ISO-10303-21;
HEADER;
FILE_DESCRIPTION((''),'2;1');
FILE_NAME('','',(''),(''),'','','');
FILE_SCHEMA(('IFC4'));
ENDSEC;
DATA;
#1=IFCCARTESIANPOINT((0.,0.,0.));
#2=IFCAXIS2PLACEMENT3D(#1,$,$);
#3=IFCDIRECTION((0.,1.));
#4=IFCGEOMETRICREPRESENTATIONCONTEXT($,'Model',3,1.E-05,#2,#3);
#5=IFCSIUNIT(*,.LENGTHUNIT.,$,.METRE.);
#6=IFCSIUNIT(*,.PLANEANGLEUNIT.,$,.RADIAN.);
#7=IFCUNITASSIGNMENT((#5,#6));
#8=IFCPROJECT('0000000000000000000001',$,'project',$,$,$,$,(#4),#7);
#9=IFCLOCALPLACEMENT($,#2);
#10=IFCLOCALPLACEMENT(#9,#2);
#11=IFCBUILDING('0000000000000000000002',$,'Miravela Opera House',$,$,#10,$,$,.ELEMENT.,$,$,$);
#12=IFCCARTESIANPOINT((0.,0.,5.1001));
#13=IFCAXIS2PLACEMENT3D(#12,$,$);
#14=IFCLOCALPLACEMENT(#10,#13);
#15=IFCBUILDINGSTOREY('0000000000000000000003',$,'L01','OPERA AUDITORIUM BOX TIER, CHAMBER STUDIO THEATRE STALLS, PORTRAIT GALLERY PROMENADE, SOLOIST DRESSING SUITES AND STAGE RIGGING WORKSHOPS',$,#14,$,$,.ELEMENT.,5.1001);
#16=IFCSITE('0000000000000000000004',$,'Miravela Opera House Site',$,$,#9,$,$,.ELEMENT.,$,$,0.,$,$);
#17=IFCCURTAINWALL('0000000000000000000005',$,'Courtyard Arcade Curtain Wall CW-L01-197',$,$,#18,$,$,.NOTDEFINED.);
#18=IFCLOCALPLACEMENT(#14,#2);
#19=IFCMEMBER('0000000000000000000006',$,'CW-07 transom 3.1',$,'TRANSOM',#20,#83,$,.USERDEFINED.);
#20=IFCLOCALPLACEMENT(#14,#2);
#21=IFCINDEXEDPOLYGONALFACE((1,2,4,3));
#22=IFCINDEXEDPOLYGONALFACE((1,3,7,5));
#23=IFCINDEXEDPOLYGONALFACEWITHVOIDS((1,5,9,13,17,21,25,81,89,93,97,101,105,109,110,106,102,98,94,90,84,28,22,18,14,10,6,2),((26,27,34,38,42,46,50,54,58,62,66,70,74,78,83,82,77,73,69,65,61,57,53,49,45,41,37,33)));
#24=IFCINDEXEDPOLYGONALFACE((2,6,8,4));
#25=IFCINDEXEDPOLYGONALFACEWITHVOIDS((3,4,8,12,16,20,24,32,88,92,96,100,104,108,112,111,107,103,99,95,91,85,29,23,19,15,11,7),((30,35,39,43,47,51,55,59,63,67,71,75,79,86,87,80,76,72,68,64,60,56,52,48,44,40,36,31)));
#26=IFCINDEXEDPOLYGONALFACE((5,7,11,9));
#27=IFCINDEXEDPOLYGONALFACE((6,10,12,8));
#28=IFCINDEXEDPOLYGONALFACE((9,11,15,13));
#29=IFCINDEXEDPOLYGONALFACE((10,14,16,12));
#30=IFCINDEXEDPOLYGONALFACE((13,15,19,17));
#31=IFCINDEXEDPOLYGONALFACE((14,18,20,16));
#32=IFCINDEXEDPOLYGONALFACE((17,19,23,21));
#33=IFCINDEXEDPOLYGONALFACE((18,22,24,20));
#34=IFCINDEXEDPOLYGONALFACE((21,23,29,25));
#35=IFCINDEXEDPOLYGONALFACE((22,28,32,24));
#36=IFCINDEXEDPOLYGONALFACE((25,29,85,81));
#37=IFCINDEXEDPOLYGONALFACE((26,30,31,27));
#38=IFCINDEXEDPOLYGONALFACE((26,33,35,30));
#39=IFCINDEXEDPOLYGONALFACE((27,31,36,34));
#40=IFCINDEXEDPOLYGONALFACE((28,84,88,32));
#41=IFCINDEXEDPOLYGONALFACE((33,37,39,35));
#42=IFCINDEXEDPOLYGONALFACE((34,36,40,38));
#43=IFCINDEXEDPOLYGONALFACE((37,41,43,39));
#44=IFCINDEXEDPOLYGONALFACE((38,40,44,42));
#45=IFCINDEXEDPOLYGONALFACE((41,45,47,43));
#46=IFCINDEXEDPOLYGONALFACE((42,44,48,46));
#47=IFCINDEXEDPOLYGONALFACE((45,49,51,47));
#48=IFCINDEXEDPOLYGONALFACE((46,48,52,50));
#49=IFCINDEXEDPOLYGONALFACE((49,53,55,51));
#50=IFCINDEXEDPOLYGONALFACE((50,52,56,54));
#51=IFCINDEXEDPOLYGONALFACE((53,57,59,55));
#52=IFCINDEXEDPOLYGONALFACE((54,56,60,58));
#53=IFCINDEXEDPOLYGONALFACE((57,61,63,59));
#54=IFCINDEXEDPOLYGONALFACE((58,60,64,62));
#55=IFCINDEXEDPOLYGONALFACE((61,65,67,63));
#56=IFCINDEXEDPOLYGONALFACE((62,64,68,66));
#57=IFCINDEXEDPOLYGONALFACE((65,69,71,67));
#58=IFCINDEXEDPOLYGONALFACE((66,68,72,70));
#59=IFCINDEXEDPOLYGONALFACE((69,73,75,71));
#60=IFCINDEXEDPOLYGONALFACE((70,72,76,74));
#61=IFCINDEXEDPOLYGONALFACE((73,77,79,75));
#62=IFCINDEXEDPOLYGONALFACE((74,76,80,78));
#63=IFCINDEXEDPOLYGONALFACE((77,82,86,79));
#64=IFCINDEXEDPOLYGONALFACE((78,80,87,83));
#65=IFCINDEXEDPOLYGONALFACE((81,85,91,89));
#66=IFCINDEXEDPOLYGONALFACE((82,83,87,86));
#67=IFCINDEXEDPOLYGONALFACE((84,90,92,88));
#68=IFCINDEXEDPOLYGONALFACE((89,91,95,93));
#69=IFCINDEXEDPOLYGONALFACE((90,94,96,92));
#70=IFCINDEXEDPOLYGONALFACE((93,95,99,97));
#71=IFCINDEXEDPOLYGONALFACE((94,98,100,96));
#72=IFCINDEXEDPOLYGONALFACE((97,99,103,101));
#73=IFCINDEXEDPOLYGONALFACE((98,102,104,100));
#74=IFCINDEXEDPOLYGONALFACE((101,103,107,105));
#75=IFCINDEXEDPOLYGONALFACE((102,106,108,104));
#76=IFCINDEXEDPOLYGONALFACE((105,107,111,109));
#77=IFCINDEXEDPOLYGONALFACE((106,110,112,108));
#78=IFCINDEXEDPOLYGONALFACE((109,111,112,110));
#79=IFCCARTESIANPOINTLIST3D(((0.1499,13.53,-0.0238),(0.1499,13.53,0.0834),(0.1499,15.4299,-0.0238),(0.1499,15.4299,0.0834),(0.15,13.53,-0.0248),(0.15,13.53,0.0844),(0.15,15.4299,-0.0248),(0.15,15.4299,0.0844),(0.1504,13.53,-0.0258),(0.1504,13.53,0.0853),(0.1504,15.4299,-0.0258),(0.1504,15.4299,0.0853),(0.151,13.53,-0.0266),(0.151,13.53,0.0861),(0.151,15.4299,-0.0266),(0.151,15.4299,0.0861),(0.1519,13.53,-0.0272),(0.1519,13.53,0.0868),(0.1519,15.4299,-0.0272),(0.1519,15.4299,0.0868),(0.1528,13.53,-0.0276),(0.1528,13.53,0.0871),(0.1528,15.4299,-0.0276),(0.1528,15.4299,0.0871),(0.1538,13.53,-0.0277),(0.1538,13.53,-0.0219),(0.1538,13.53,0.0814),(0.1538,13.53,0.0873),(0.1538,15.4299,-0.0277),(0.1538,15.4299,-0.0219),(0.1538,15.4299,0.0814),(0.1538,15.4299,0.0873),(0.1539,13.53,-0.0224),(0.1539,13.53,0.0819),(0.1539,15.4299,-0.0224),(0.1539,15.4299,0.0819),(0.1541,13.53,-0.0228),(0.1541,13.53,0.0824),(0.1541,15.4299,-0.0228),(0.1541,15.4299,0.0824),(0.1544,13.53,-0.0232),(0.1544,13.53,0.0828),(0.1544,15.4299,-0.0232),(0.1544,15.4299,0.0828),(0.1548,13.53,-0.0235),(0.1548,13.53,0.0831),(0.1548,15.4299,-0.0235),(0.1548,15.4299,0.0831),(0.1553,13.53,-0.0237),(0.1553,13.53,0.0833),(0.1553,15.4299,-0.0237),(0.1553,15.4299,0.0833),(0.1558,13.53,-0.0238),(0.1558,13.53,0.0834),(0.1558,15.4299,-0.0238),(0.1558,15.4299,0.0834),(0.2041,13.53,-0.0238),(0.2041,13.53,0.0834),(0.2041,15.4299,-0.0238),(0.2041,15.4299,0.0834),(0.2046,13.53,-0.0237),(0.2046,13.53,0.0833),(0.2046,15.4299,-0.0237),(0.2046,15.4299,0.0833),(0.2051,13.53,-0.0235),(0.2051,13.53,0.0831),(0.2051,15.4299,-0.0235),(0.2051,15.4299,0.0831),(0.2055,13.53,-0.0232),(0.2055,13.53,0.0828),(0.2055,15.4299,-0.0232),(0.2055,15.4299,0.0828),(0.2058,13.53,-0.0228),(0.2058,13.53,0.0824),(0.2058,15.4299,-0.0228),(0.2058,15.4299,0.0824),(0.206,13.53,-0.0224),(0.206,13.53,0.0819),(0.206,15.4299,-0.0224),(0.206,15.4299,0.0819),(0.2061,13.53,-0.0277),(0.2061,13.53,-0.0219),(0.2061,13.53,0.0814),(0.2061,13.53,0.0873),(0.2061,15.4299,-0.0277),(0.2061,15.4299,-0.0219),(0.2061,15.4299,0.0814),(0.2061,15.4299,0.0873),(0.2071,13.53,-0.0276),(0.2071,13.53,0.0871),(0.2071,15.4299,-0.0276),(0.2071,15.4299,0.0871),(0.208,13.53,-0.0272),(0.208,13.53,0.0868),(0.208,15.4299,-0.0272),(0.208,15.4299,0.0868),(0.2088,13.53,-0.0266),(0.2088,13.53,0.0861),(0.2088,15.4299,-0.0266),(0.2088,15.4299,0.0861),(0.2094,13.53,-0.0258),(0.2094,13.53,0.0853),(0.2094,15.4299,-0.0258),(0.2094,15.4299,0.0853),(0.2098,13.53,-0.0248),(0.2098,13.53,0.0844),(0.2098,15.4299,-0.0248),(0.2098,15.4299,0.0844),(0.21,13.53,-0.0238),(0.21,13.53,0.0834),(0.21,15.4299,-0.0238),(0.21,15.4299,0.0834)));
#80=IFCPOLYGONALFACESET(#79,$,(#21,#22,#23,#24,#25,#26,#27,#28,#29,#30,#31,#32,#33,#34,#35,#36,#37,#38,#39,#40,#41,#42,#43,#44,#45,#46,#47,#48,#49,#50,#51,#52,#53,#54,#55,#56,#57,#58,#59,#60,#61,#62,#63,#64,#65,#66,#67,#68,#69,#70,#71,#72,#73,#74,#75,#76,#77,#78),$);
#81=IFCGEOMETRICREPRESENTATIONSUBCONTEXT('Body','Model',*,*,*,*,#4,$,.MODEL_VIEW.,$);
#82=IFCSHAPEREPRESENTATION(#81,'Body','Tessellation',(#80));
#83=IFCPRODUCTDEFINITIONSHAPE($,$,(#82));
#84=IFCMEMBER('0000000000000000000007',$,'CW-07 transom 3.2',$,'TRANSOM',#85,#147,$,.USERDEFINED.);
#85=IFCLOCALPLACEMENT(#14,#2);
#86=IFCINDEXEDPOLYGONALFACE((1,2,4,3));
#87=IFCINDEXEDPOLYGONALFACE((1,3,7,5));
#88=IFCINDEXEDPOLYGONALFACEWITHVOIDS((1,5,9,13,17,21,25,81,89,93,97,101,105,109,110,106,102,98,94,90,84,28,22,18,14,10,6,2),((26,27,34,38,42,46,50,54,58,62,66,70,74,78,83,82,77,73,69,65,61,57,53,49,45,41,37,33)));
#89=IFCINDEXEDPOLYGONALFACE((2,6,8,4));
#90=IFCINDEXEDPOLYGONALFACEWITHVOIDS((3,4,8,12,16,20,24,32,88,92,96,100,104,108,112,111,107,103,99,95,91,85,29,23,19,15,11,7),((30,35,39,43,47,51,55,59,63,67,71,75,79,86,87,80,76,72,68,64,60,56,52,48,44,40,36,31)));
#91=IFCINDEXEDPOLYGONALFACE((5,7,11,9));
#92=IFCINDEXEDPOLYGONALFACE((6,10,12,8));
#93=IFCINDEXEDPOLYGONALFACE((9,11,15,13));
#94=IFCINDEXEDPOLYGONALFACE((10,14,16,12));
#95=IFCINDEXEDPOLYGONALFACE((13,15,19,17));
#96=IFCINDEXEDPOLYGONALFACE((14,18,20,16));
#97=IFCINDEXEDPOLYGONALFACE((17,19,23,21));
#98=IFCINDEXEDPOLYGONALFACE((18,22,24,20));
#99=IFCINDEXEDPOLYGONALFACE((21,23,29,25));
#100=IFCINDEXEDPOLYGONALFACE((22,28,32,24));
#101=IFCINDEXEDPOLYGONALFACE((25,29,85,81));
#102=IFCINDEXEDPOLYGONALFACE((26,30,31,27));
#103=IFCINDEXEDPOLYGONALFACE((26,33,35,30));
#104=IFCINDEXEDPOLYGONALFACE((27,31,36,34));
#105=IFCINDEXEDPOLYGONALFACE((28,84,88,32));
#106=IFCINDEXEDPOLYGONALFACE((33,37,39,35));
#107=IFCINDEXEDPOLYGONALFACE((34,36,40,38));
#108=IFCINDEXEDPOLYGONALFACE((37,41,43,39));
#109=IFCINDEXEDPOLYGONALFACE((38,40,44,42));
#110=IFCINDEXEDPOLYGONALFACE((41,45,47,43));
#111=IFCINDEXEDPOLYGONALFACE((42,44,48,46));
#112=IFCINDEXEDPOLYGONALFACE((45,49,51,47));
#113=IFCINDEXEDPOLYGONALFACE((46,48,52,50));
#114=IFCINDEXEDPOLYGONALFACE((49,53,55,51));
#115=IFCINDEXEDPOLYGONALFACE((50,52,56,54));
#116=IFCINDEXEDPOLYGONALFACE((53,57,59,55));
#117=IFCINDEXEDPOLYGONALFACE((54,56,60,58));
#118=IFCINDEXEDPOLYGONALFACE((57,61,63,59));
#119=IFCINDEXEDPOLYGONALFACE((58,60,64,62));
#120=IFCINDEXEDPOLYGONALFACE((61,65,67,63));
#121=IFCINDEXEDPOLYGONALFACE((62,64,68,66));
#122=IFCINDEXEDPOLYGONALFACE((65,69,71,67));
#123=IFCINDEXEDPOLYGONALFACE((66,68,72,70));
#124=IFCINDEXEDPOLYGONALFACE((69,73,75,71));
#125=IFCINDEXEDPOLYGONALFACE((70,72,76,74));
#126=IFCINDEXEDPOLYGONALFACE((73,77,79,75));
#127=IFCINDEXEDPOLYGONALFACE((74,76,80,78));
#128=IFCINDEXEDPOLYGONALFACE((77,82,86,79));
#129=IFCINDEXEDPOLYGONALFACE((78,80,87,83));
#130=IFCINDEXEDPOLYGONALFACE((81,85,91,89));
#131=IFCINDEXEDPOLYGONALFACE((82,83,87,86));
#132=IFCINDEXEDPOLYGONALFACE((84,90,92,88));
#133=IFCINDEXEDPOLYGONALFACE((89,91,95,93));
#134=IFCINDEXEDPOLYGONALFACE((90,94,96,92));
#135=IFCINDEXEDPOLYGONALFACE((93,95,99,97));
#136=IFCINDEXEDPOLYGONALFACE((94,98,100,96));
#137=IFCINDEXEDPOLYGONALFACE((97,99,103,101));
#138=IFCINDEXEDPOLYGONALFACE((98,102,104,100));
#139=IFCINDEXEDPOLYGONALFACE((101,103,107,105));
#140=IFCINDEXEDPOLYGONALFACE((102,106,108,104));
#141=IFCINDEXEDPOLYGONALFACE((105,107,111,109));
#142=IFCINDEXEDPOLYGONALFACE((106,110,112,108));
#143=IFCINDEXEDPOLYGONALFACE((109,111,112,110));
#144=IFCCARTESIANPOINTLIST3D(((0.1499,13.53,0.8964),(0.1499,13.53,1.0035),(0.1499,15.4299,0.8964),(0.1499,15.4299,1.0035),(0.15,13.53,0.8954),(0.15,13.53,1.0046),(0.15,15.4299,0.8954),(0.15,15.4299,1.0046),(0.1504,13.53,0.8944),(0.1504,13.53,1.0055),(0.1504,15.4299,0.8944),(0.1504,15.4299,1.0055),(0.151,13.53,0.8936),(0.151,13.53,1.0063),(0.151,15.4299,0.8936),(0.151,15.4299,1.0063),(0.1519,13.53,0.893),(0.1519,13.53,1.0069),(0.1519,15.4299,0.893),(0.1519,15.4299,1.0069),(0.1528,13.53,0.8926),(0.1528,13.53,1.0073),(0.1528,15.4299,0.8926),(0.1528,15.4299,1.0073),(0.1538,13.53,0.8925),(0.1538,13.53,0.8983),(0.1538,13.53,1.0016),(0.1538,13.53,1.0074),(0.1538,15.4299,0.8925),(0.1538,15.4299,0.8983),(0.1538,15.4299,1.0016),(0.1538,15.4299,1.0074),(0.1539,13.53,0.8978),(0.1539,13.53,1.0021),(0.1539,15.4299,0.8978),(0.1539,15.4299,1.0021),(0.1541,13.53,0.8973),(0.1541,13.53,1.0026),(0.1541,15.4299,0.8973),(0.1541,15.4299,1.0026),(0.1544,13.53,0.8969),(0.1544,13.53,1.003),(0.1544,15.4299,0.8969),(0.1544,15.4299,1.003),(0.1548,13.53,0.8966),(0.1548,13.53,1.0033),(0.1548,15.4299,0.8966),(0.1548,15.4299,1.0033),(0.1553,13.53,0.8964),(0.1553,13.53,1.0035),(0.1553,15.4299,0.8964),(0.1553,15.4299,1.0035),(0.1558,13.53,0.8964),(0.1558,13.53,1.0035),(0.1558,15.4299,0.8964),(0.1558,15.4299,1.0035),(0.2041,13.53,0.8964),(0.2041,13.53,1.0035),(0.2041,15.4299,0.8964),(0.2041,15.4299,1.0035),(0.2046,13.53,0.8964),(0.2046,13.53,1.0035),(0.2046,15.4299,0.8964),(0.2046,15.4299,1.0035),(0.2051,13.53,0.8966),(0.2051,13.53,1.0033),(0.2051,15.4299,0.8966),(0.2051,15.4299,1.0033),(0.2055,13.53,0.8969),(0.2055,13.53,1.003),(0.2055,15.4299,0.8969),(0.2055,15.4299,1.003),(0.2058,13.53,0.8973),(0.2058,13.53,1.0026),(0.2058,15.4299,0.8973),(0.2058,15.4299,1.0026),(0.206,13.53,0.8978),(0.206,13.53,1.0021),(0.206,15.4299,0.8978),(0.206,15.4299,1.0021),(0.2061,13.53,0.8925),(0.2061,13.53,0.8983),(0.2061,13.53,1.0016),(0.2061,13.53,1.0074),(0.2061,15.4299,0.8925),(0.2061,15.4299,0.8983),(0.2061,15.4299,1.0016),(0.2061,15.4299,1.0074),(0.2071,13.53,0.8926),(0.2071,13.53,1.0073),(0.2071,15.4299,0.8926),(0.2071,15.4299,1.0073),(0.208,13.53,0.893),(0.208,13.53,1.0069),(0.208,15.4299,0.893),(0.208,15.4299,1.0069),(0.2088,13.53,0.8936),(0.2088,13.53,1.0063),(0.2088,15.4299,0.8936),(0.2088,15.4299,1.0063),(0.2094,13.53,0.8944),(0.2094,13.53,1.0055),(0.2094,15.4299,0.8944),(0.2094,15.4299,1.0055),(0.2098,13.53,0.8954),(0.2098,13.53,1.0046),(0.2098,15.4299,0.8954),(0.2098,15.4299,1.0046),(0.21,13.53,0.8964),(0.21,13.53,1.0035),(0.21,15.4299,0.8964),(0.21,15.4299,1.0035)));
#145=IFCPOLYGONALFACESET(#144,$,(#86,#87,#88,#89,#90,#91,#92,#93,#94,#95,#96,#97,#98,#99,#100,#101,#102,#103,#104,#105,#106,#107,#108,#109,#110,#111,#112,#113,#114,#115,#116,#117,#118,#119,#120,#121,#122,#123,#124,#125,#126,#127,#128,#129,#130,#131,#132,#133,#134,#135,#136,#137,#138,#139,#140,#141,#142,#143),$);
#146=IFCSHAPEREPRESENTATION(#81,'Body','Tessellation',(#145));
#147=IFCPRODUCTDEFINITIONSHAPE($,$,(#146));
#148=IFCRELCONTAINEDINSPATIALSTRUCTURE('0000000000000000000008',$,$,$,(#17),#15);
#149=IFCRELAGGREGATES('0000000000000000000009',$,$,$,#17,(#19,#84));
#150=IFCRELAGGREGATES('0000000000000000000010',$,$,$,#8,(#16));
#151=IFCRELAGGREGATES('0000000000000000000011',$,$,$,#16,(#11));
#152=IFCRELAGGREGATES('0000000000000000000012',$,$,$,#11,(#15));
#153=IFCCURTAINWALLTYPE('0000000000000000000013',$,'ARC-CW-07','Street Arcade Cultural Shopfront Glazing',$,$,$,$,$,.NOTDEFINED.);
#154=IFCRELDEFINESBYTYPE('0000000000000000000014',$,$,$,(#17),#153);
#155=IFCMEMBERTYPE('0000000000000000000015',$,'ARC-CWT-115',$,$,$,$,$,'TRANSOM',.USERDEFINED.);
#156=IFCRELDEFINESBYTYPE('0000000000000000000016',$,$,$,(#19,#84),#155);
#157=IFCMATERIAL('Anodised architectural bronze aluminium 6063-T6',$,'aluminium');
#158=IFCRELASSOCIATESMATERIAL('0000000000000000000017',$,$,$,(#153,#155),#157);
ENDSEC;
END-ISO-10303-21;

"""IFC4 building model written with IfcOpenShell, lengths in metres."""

from ifc_helpers import new_model, si_unit, direction, frame, origin, origin_2d, place, context, subcontext, project, spatial, hollow_rectangle, extrude, material, material_profile, profile_set, type_object, element, aggregate, save


model = new_model("IFC4")

# Units and contexts
model_context = context("Model", 3, precision=1e-05, world=origin(), true_north=direction((0.0, 1.0)))
body_context = subcontext(model_context, "Body", "Model", "MODEL_VIEW")
ifc_project = project(units=[si_unit("LENGTHUNIT", "METRE"), si_unit("PLANEANGLEUNIT", "RADIAN")], contexts=[model_context])

# Site, building, storey
site_placement = place(None, origin())
site = spatial("IfcSite", under=ifc_project, at=site_placement, Name="Miravela Opera House Site", CompositionType="ELEMENT", RefElevation=0.0)
building_placement = place(site_placement, origin())
building = spatial("IfcBuilding", under=site, at=building_placement, Name="Miravela Opera House", CompositionType="ELEMENT")
storey_placement = place(building_placement, frame((0.0, 0.0, 5.1001)))
storey = spatial("IfcBuildingStorey", under=building, at=storey_placement, Name="L01", Description="OPERA AUDITORIUM BOX TIER, CHAMBER STUDIO THEATRE STALLS, PORTRAIT GALLERY PROMENADE, SOLOIST DRESSING SUITES AND STAGE RIGGING WORKSHOPS", CompositionType="ELEMENT", Elevation=5.1001)

# Curtain wall, members
ifc_material_1 = material(Name="Anodised architectural bronze aluminium 6063-T6", Category="aluminium")
curtain_wall_type = type_object("IfcCurtainWallType", Name="ARC-CW-07", Description="Street Arcade Cultural Shopfront Glazing", PredefinedType="NOTDEFINED", material=ifc_material_1)
curtain_wall_placement = place(storey_placement, origin())
curtain_wall = element("IfcCurtainWall", 1, at=curtain_wall_placement, inside=storey, type_object=curtain_wall_type, Name="Courtyard Arcade Curtain Wall CW-L01-197", PredefinedType="NOTDEFINED")
ifc_material_profile_1 = material_profile(ifc_material_1, hollow_rectangle(XDim=0.0601, YDim=0.115, WallThickness=0.0039, InnerFilletRadius=0.002, OuterFilletRadius=0.0039, at=origin_2d()), Name="CWT-60X115")
ifc_profile_set_1 = profile_set([ifc_material_profile_1])
member_type_1 = type_object("IfcMemberType", Name="ARC-CWT-115", ElementType="TRANSOM", PredefinedType="USERDEFINED", material=ifc_profile_set_1)
member_1_placement = place(storey_placement, frame((0.1799, 13.53, 0.0298), z_axis=(0.0, 1.0, 0.0), x_axis=(-1.0, 0.0, 0.0)))
member_1 = element("IfcMember", 2, at=member_1_placement, type_object=member_type_1, Name="CW-07 transom 3.1", ObjectType="TRANSOM", PredefinedType="USERDEFINED", context=body_context, shape_type="SweptSolid", body=[
    extrude(hollow_rectangle(XDim=0.0601, YDim=0.115, WallThickness=0.0039, InnerFilletRadius=0.002, OuterFilletRadius=0.0039, at=origin_2d()), origin(), (0.0, 0.0, 1.0), 1.8999),
])
member_2_placement = place(storey_placement, frame((0.1799, 13.53, 0.95), z_axis=(0.0, 1.0, 0.0), x_axis=(-1.0, 0.0, 0.0)))
member_2 = element("IfcMember", 3, at=member_2_placement, type_object=member_type_1, Name="CW-07 transom 3.2", ObjectType="TRANSOM", PredefinedType="USERDEFINED", context=body_context, shape_type="SweptSolid", body=[
    extrude(hollow_rectangle(XDim=0.0601, YDim=0.115, WallThickness=0.0039, InnerFilletRadius=0.002, OuterFilletRadius=0.0039, at=origin_2d()), origin(), (0.0, 0.0, 1.0), 1.8999),
])
aggregate(curtain_wall, [member_1, member_2])

save(model, "model.ifc")
